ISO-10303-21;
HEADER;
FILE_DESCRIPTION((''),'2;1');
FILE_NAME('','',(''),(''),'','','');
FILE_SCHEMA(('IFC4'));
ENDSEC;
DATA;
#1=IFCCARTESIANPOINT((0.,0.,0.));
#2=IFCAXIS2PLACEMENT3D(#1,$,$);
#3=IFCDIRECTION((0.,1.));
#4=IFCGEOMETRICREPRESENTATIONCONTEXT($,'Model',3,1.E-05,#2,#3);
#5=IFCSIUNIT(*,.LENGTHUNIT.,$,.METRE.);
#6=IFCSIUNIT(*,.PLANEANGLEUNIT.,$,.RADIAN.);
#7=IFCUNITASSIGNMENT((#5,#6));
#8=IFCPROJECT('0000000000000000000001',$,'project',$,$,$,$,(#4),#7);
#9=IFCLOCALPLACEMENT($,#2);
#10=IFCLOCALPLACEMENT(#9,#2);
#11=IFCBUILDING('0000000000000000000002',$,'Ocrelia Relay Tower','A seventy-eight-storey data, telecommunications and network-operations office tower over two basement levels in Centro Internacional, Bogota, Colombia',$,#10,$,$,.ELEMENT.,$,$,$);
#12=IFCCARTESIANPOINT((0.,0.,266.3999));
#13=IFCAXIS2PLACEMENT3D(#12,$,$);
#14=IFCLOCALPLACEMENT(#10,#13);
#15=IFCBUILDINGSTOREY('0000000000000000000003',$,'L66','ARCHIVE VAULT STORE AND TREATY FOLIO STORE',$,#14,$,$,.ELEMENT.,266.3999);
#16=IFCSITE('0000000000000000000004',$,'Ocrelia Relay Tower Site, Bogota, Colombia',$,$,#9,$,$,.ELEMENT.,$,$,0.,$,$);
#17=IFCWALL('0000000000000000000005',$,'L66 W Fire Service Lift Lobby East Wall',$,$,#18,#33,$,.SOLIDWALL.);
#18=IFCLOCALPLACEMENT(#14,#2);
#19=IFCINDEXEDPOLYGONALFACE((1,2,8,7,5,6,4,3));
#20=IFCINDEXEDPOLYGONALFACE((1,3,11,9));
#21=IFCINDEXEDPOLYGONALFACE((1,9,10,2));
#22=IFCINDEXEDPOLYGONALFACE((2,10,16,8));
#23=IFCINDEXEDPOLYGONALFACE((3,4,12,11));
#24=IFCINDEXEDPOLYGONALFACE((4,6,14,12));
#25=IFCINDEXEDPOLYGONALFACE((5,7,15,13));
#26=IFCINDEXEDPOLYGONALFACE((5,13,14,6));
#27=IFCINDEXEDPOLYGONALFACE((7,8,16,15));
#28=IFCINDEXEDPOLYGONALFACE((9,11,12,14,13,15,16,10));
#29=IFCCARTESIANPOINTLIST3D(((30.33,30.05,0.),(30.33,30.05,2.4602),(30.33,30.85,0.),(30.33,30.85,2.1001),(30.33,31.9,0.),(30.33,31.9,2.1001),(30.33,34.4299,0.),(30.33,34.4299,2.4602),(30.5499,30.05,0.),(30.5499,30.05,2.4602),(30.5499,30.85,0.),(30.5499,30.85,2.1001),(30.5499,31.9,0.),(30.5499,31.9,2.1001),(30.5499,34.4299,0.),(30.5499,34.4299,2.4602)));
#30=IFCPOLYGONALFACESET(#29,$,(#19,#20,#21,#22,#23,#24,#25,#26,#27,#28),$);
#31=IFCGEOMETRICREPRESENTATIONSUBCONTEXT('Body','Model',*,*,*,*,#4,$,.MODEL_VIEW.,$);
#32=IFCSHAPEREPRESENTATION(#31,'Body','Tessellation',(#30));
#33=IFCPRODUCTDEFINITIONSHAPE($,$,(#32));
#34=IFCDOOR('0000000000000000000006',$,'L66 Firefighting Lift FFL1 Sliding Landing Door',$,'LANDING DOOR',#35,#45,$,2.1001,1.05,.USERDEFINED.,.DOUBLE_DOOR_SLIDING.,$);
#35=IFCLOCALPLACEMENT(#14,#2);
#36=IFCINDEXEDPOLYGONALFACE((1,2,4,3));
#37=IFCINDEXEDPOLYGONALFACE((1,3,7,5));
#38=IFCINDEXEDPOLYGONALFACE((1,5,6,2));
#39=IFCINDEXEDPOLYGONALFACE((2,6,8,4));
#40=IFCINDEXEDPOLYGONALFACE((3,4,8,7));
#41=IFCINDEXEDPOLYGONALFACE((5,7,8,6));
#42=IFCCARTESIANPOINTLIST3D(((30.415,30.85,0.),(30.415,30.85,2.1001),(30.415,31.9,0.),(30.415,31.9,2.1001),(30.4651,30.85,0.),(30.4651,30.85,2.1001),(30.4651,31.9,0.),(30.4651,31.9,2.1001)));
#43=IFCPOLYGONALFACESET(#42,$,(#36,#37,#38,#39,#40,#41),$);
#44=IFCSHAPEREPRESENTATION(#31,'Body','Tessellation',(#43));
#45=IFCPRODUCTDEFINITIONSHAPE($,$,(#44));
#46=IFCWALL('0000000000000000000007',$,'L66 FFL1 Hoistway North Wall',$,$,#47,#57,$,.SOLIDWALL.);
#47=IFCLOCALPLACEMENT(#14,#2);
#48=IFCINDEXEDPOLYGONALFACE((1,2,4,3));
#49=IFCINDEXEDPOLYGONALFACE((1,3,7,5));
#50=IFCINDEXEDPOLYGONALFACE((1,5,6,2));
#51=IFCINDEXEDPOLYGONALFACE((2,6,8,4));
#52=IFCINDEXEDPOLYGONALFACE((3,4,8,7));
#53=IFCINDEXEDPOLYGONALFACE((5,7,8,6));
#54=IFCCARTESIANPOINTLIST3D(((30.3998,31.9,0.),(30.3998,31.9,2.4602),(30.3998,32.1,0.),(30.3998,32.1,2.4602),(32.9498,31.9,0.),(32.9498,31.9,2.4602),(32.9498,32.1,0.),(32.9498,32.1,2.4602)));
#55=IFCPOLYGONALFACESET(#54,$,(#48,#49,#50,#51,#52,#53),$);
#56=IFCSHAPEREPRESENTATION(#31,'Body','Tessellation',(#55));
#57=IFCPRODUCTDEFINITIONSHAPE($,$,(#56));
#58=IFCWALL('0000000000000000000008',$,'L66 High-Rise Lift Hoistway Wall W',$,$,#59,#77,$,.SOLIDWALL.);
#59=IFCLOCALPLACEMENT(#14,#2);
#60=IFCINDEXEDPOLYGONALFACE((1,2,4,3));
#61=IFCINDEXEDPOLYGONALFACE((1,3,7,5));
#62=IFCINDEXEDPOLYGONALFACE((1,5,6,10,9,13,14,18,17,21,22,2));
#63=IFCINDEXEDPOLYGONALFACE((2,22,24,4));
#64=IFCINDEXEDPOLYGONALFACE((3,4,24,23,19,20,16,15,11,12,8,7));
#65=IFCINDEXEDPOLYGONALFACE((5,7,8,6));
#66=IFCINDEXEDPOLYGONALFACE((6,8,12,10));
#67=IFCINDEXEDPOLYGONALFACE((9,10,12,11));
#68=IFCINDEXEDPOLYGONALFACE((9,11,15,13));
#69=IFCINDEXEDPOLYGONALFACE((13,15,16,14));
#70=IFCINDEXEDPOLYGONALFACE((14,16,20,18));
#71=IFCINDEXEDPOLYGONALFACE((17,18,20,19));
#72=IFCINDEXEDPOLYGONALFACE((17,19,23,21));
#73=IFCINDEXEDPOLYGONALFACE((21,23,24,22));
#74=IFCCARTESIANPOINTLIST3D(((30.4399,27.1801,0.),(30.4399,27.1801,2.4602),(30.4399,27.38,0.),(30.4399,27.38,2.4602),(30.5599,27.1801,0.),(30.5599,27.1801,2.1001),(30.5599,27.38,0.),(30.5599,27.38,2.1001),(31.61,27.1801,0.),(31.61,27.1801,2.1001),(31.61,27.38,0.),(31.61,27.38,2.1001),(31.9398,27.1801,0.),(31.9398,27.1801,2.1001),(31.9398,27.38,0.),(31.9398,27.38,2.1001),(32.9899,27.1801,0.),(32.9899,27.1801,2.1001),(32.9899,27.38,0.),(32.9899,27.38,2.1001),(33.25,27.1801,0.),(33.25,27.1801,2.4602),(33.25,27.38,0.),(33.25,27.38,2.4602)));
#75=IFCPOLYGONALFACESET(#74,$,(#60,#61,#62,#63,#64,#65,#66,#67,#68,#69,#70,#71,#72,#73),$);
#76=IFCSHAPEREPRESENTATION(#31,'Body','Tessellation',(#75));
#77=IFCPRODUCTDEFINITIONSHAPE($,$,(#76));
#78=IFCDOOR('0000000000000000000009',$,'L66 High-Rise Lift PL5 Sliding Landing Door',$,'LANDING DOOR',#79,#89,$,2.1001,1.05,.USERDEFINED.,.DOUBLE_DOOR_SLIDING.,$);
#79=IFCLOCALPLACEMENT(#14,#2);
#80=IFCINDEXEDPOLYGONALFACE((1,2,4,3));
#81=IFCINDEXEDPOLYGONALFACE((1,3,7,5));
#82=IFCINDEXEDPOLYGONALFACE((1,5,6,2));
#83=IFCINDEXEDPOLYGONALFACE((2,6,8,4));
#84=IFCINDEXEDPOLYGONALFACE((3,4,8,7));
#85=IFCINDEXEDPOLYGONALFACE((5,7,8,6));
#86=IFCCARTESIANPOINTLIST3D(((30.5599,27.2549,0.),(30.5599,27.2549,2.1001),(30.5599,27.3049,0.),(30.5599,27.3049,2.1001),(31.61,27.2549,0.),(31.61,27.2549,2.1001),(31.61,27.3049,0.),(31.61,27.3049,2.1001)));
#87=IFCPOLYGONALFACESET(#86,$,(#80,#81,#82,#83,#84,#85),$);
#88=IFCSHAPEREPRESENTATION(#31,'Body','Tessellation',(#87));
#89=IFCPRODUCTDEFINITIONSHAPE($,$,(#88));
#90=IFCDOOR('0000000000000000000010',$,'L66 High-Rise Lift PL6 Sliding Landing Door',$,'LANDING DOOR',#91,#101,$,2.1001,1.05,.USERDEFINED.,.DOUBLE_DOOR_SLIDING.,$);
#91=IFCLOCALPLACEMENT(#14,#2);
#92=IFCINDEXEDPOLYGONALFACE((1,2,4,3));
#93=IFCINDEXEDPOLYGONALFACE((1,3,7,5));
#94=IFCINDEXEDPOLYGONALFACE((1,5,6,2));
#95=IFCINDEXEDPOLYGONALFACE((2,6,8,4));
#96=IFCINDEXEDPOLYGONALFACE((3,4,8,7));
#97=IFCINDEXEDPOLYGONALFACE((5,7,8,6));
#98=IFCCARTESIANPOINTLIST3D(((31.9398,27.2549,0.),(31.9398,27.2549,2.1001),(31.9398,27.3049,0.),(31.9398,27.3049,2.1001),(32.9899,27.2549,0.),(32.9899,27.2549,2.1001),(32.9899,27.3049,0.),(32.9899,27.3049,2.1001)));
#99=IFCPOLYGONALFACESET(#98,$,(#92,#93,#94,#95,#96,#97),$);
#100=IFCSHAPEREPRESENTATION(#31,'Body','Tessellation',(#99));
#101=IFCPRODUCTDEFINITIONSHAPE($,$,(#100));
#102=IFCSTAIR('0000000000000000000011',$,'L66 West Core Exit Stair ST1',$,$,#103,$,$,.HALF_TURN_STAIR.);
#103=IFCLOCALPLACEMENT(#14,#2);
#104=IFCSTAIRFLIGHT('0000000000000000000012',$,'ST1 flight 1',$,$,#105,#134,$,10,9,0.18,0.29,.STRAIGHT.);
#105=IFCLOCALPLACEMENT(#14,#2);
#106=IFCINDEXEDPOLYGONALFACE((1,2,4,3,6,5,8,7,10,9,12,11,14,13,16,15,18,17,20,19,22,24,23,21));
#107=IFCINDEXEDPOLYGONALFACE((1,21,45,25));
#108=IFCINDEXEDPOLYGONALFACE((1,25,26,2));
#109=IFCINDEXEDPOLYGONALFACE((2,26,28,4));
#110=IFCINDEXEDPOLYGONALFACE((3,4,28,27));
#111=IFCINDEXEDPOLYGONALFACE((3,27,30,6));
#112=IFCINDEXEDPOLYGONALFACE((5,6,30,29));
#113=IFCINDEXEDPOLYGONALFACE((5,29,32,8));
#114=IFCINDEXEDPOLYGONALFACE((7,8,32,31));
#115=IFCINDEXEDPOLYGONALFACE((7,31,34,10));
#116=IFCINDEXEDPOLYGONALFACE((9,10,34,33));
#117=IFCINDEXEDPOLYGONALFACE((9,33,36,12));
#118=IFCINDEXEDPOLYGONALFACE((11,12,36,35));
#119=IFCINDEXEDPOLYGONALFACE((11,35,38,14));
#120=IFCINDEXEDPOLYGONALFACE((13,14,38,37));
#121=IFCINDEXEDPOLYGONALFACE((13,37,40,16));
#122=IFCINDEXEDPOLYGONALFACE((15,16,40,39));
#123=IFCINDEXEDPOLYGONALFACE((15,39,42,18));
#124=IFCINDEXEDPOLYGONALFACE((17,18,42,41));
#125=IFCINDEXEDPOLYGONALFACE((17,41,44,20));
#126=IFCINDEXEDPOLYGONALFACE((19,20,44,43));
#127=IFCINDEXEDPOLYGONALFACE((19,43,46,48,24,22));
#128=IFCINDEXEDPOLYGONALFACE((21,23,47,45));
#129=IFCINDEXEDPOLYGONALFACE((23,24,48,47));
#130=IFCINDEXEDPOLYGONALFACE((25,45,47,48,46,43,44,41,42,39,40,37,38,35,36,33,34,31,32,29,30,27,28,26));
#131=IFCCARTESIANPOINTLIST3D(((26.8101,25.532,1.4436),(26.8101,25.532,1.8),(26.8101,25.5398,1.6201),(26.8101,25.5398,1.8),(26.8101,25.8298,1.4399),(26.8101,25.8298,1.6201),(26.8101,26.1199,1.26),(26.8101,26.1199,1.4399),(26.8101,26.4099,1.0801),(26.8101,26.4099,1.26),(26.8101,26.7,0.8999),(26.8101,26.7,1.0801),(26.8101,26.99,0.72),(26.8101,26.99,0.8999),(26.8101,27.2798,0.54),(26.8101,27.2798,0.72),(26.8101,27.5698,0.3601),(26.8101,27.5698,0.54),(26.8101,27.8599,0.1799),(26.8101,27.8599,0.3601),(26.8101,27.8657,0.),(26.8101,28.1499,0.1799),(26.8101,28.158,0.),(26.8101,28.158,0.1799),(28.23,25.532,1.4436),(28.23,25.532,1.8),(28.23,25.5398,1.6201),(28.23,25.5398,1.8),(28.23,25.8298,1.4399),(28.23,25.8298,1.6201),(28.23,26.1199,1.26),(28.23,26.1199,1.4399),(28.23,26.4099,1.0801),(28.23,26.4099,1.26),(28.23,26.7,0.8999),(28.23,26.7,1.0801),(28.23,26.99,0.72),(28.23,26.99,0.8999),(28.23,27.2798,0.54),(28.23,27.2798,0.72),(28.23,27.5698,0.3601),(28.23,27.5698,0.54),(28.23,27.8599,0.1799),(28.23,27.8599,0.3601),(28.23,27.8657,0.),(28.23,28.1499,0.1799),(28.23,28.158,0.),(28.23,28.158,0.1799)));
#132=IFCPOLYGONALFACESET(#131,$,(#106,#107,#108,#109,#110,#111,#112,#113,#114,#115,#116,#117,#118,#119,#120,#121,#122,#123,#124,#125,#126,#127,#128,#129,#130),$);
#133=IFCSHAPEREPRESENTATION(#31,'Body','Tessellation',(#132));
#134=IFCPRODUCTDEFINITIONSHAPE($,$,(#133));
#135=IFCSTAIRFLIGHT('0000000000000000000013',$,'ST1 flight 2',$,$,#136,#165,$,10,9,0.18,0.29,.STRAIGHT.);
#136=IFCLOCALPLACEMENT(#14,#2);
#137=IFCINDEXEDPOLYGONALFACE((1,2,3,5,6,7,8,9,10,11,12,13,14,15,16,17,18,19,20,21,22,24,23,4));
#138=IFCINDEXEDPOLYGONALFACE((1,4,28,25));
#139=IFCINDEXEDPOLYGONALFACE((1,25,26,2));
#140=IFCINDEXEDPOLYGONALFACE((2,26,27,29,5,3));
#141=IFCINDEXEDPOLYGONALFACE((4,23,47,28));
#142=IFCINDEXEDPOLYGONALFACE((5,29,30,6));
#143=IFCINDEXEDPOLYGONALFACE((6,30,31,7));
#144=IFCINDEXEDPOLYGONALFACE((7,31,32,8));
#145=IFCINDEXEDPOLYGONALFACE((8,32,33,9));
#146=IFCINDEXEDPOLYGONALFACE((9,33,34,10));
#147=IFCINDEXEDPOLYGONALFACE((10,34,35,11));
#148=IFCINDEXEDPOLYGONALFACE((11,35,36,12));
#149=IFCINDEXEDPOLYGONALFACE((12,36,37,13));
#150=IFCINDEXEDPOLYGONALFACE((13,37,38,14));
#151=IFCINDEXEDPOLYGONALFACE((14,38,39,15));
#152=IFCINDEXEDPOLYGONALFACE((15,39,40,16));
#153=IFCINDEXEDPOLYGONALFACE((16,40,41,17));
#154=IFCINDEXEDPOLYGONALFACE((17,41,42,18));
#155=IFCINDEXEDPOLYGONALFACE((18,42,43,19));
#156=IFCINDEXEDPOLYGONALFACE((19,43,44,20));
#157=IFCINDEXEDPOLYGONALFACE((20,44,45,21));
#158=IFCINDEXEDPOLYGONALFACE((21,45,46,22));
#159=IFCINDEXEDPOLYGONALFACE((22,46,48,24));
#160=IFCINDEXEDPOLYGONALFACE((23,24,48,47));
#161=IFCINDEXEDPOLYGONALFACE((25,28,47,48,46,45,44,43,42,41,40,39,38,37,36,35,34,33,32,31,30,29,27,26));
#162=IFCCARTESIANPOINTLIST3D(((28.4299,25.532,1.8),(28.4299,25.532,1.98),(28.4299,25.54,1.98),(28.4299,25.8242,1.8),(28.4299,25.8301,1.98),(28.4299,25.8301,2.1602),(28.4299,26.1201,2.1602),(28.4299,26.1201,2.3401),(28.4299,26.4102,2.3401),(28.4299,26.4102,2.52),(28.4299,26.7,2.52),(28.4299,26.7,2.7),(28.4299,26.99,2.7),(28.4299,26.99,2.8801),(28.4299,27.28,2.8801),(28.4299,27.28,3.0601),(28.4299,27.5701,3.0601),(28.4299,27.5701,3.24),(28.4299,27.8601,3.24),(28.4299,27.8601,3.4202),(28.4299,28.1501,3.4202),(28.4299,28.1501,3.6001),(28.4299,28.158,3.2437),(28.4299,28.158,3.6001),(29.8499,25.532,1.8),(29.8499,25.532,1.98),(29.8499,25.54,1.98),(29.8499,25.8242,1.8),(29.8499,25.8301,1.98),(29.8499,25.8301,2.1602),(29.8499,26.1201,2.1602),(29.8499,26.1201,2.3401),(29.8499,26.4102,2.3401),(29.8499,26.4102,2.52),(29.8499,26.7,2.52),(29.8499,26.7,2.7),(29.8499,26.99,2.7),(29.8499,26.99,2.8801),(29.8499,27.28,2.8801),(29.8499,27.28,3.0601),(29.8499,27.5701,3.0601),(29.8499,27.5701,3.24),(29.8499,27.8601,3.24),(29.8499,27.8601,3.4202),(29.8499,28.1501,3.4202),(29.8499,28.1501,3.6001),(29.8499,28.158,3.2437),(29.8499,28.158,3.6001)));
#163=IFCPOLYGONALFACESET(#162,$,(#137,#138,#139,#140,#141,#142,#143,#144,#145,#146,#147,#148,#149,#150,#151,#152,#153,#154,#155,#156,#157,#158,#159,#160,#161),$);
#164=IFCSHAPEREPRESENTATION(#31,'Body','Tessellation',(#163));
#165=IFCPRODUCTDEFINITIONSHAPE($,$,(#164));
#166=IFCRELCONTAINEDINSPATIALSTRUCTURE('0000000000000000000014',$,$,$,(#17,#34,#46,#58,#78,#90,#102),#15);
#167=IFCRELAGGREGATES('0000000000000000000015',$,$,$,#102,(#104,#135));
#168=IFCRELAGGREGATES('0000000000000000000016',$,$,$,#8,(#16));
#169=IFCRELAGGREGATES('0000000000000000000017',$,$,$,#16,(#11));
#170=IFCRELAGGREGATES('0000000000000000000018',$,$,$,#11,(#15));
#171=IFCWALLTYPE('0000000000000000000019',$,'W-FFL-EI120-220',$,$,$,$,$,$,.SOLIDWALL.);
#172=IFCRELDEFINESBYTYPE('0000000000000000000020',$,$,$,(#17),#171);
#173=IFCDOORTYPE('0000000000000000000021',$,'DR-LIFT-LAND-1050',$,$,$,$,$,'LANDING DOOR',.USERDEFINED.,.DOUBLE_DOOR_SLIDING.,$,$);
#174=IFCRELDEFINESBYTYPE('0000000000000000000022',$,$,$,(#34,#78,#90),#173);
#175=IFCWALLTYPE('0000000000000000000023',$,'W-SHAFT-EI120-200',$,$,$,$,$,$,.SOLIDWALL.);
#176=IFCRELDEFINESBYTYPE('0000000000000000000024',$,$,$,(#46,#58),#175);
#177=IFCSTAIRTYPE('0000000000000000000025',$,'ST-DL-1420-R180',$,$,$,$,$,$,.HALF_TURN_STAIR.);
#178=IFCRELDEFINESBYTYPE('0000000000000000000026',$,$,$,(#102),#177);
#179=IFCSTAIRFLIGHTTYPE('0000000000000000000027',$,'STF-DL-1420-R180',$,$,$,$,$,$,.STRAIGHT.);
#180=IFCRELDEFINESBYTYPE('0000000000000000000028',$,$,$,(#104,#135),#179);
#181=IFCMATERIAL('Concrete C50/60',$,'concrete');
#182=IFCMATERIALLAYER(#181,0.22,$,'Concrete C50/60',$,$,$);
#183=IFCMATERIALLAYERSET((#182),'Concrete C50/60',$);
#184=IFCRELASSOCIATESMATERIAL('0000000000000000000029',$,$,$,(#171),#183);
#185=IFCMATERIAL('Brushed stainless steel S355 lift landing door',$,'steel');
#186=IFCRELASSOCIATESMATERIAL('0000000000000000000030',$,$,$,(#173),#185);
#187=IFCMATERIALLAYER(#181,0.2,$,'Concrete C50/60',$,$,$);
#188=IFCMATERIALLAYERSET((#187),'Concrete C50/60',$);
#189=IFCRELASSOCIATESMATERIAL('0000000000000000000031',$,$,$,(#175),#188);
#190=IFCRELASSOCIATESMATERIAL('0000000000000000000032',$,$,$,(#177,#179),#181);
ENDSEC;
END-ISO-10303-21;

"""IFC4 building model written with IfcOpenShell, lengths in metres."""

from ifc_helpers import new_model, si_unit, direction, frame, frame_2d, origin, place, context, subcontext, project, spatial, polyline, rectangle, outline, extrude, material, layer, layer_set, type_object, element, fill, aggregate, save


model = new_model("IFC4")

# Units and contexts
model_context = context("Model", 3, precision=1e-05, world=origin(), true_north=direction((0.0, 1.0)))
body_context = subcontext(model_context, "Body", "Model", "MODEL_VIEW")
ifc_project = project(units=[si_unit("LENGTHUNIT", "METRE"), si_unit("PLANEANGLEUNIT", "RADIAN")], contexts=[model_context])

# Site, building, storey
site_placement = place(None, origin())
site = spatial("IfcSite", under=ifc_project, at=site_placement, Name="Ocrelia Relay Tower Site, Bogota, Colombia", CompositionType="ELEMENT", RefElevation=0.0)
building_placement = place(site_placement, origin())
building = spatial("IfcBuilding", under=site, at=building_placement, Name="Ocrelia Relay Tower", Description="A seventy-eight-storey data, telecommunications and network-operations office tower over two basement levels in Centro Internacional, Bogota, Colombia", CompositionType="ELEMENT")
storey_placement = place(building_placement, frame((0.0, 0.0, 266.3999)))
storey = spatial("IfcBuildingStorey", under=building, at=storey_placement, Name="L66", Description="ARCHIVE VAULT STORE AND TREATY FOLIO STORE", CompositionType="ELEMENT", Elevation=266.3999)

# Shared definitions
ifc_material_1 = material(Name="Concrete C50/60", Category="concrete")

# Shared definitions
ifc_layer_1 = layer(ifc_material_1, 0.22, Name="Concrete C50/60")
ifc_layer_set_1 = layer_set([ifc_layer_1], Name="Concrete C50/60")
wall_type_1 = type_object("IfcWallType", Name="W-FFL-EI120-220", PredefinedType="SOLIDWALL", material=ifc_layer_set_1)

# Wall, opening, door
wall_1_placement = place(storey_placement, frame((30.4399, 30.05, 0.0), z_axis=(0.0, 0.0, 1.0), x_axis=(0.0, 1.0, 0.0)))
wall_1 = element("IfcWall", 1, at=wall_1_placement, inside=storey, type_object=wall_type_1, Name="L66 W Fire Service Lift Lobby East Wall", PredefinedType="SOLIDWALL", context=body_context, shape_type="SweptSolid", body=[
    extrude(rectangle(XDim=4.3799, YDim=0.22, at=frame_2d((2.1899, 0.0))), origin(), (0.0, 0.0, 1.0), 2.4602),
])
opening_1_placement = place(wall_1_placement, frame((0.8, 0.0, 0.0)))
opening_1 = element("IfcOpeningElement", 2, at=opening_1_placement, cuts=wall_1, PredefinedType="OPENING", context=body_context, shape_type="SweptSolid", body=[
    extrude(rectangle(XDim=1.05, YDim=2.1001, at=frame_2d((0.5249, 1.05))), frame((0.0, 0.1201, 0.0), z_axis=(0.0, -1.0, 0.0), x_axis=(1.0, 0.0, 0.0)), (0.0, 0.0, 1.0), 0.24),
])
ifc_material_2 = material(Name="Brushed stainless steel S355 lift landing door", Category="steel")
door_type_1 = type_object("IfcDoorType", Name="DR-LIFT-LAND-1050", ElementType="LANDING DOOR", OperationType="DOUBLE_DOOR_SLIDING", PredefinedType="USERDEFINED", material=ifc_material_2)
door_1_placement = place(opening_1_placement, origin())
door_1 = element("IfcDoor", 3, at=door_1_placement, inside=storey, type_object=door_type_1, Name="L66 Firefighting Lift FFL1 Sliding Landing Door", ObjectType="LANDING DOOR", OperationType="DOUBLE_DOOR_SLIDING", OverallHeight=2.1001, OverallWidth=1.05, PredefinedType="USERDEFINED", context=body_context, shape_type="SweptSolid", body=[
    extrude(rectangle(XDim=1.05, YDim=2.1001, at=frame_2d((0.5249, 1.05))), frame((0.0, 0.0249, 0.0), z_axis=(0.0, -1.0, 0.0), x_axis=(1.0, 0.0, 0.0)), (0.0, 0.0, 1.0), 0.05),
])
fill(opening_1, door_1)

# Wall
ifc_layer_2 = layer(ifc_material_1, 0.2, Name="Concrete C50/60")
ifc_layer_set_2 = layer_set([ifc_layer_2], Name="Concrete C50/60")
wall_type_2 = type_object("IfcWallType", Name="W-SHAFT-EI120-200", PredefinedType="SOLIDWALL", material=ifc_layer_set_2)
wall_2_placement = place(storey_placement, frame((30.3999, 32.0, 0.0), z_axis=(0.0, 0.0, 1.0), x_axis=(1.0, 0.0, 0.0)))
element("IfcWall", 4, at=wall_2_placement, inside=storey, type_object=wall_type_2, Name="L66 FFL1 Hoistway North Wall", PredefinedType="SOLIDWALL", context=body_context, shape_type="SweptSolid", body=[
    extrude(rectangle(XDim=2.55, YDim=0.2, at=frame_2d((1.2749, 0.0))), origin(), (0.0, 0.0, 1.0), 2.4602),
])

# Wall, openings, doors
wall_3_placement = place(storey_placement, frame((30.4399, 27.28, 0.0), z_axis=(0.0, 0.0, 1.0), x_axis=(1.0, 0.0, 0.0)))
wall_3 = element("IfcWall", 5, at=wall_3_placement, inside=storey, type_object=wall_type_2, Name="L66 High-Rise Lift Hoistway Wall W", PredefinedType="SOLIDWALL", context=body_context, shape_type="SweptSolid", body=[
    extrude(rectangle(XDim=2.8101, YDim=0.2, at=frame_2d((1.405, 0.0))), origin(), (0.0, 0.0, 1.0), 2.4602),
])
opening_2_placement = place(wall_3_placement, frame((0.1201, 0.0, 0.0)))
opening_2 = element("IfcOpeningElement", 6, at=opening_2_placement, cuts=wall_3, PredefinedType="OPENING", context=body_context, shape_type="SweptSolid", body=[
    extrude(rectangle(XDim=1.05, YDim=2.1001, at=frame_2d((0.5249, 1.05))), frame((0.0, 0.1099, 0.0), z_axis=(0.0, -1.0, 0.0), x_axis=(1.0, 0.0, 0.0)), (0.0, 0.0, 1.0), 0.22),
])
opening_3_placement = place(wall_3_placement, frame((1.5, 0.0, 0.0)))
opening_3 = element("IfcOpeningElement", 7, at=opening_3_placement, cuts=wall_3, PredefinedType="OPENING", context=body_context, shape_type="SweptSolid", body=[
    extrude(rectangle(XDim=1.05, YDim=2.1001, at=frame_2d((0.5249, 1.05))), frame((0.0, 0.1099, 0.0), z_axis=(0.0, -1.0, 0.0), x_axis=(1.0, 0.0, 0.0)), (0.0, 0.0, 1.0), 0.22),
])
door_2_placement = place(opening_2_placement, origin())
door_2 = element("IfcDoor", 8, at=door_2_placement, inside=storey, type_object=door_type_1, Name="L66 High-Rise Lift PL5 Sliding Landing Door", ObjectType="LANDING DOOR", OperationType="DOUBLE_DOOR_SLIDING", OverallHeight=2.1001, OverallWidth=1.05, PredefinedType="USERDEFINED", context=body_context, shape_type="SweptSolid", body=[
    extrude(rectangle(XDim=1.05, YDim=2.1001, at=frame_2d((0.5249, 1.05))), frame((0.0, 0.0249, 0.0), z_axis=(0.0, -1.0, 0.0), x_axis=(1.0, 0.0, 0.0)), (0.0, 0.0, 1.0), 0.05),
])
fill(opening_2, door_2)
door_3_placement = place(opening_3_placement, origin())
door_3 = element("IfcDoor", 9, at=door_3_placement, inside=storey, type_object=door_type_1, Name="L66 High-Rise Lift PL6 Sliding Landing Door", ObjectType="LANDING DOOR", OperationType="DOUBLE_DOOR_SLIDING", OverallHeight=2.1001, OverallWidth=1.05, PredefinedType="USERDEFINED", context=body_context, shape_type="SweptSolid", body=[
    extrude(rectangle(XDim=1.05, YDim=2.1001, at=frame_2d((0.5249, 1.05))), frame((0.0, 0.0249, 0.0), z_axis=(0.0, -1.0, 0.0), x_axis=(1.0, 0.0, 0.0)), (0.0, 0.0, 1.0), 0.05),
])
fill(opening_3, door_3)

# Stair, stair flights
stair_type = type_object("IfcStairType", Name="ST-DL-1420-R180", PredefinedType="HALF_TURN_STAIR", material=ifc_material_1)
stair_placement = place(storey_placement, origin())
stair = element("IfcStair", 10, at=stair_placement, inside=storey, type_object=stair_type, Name="L66 West Core Exit Stair ST1", PredefinedType="HALF_TURN_STAIR")
stair_flight_type = type_object("IfcStairFlightType", Name="STF-DL-1420-R180", PredefinedType="STRAIGHT", material=ifc_material_1)
stair_flight_1_placement = place(storey_placement, frame((27.52, 28.1499, 0.0), z_axis=(0.0, 0.0, 1.0), x_axis=(0.0, -1.0, 0.0)))
stair_flight_1 = element("IfcStairFlight", 11, at=stair_flight_1_placement, type_object=stair_flight_type, Name="ST1 flight 1", NumberOfRisers=10, NumberOfTreads=9, PredefinedType="STRAIGHT", RiserHeight=0.18, TreadLength=0.29, context=body_context, shape_type="SweptSolid", body=[
    extrude(outline(polyline([(-0.0081, 0.0), (-0.0081, 0.1799), (0.0, 0.1799), (0.29, 0.1799), (0.29, 0.3601), (0.5801, 0.3601), (0.5801, 0.54), (0.8701, 0.54), (0.8701, 0.72), (1.1599, 0.72), (1.1599, 0.8999), (1.45, 0.8999), (1.45, 1.0801), (1.74, 1.0801), (1.74, 1.26), (2.03, 1.26), (2.03, 1.4399), (2.3201, 1.4399), (2.3201, 1.6201), (2.6101, 1.6201), (2.6101, 1.8), (2.6179, 1.8), (2.6179, 1.4436), (0.2842, 0.0), (-0.0081, 0.0)])), frame((0.0, 0.71, 0.0), z_axis=(0.0, -1.0, 0.0), x_axis=(1.0, 0.0, 0.0)), (0.0, 0.0, 1.0), 1.4199),
])
stair_flight_2_placement = place(storey_placement, frame((29.1399, 25.54, 1.8), z_axis=(0.0, 0.0, 1.0), x_axis=(0.0, 1.0, 0.0)))
stair_flight_2 = element("IfcStairFlight", 12, at=stair_flight_2_placement, type_object=stair_flight_type, Name="ST1 flight 2", NumberOfRisers=10, NumberOfTreads=9, PredefinedType="STRAIGHT", RiserHeight=0.18, TreadLength=0.29, context=body_context, shape_type="SweptSolid", body=[
    extrude(outline(polyline([(-0.0081, 0.0), (-0.0081, 0.1799), (0.0, 0.1799), (0.29, 0.1799), (0.29, 0.3601), (0.5801, 0.3601), (0.5801, 0.54), (0.8701, 0.54), (0.8701, 0.72), (1.1599, 0.72), (1.1599, 0.8999), (1.45, 0.8999), (1.45, 1.0801), (1.74, 1.0801), (1.74, 1.26), (2.03, 1.26), (2.03, 1.4399), (2.3201, 1.4399), (2.3201, 1.6201), (2.6101, 1.6201), (2.6101, 1.8), (2.6179, 1.8), (2.6179, 1.4436), (0.2842, 0.0), (-0.0081, 0.0)])), frame((0.0, 0.71, 0.0), z_axis=(0.0, -1.0, 0.0), x_axis=(1.0, 0.0, 0.0)), (0.0, 0.0, 1.0), 1.4199),
])
aggregate(stair, [stair_flight_1, stair_flight_2])

save(model, "model.ifc")
